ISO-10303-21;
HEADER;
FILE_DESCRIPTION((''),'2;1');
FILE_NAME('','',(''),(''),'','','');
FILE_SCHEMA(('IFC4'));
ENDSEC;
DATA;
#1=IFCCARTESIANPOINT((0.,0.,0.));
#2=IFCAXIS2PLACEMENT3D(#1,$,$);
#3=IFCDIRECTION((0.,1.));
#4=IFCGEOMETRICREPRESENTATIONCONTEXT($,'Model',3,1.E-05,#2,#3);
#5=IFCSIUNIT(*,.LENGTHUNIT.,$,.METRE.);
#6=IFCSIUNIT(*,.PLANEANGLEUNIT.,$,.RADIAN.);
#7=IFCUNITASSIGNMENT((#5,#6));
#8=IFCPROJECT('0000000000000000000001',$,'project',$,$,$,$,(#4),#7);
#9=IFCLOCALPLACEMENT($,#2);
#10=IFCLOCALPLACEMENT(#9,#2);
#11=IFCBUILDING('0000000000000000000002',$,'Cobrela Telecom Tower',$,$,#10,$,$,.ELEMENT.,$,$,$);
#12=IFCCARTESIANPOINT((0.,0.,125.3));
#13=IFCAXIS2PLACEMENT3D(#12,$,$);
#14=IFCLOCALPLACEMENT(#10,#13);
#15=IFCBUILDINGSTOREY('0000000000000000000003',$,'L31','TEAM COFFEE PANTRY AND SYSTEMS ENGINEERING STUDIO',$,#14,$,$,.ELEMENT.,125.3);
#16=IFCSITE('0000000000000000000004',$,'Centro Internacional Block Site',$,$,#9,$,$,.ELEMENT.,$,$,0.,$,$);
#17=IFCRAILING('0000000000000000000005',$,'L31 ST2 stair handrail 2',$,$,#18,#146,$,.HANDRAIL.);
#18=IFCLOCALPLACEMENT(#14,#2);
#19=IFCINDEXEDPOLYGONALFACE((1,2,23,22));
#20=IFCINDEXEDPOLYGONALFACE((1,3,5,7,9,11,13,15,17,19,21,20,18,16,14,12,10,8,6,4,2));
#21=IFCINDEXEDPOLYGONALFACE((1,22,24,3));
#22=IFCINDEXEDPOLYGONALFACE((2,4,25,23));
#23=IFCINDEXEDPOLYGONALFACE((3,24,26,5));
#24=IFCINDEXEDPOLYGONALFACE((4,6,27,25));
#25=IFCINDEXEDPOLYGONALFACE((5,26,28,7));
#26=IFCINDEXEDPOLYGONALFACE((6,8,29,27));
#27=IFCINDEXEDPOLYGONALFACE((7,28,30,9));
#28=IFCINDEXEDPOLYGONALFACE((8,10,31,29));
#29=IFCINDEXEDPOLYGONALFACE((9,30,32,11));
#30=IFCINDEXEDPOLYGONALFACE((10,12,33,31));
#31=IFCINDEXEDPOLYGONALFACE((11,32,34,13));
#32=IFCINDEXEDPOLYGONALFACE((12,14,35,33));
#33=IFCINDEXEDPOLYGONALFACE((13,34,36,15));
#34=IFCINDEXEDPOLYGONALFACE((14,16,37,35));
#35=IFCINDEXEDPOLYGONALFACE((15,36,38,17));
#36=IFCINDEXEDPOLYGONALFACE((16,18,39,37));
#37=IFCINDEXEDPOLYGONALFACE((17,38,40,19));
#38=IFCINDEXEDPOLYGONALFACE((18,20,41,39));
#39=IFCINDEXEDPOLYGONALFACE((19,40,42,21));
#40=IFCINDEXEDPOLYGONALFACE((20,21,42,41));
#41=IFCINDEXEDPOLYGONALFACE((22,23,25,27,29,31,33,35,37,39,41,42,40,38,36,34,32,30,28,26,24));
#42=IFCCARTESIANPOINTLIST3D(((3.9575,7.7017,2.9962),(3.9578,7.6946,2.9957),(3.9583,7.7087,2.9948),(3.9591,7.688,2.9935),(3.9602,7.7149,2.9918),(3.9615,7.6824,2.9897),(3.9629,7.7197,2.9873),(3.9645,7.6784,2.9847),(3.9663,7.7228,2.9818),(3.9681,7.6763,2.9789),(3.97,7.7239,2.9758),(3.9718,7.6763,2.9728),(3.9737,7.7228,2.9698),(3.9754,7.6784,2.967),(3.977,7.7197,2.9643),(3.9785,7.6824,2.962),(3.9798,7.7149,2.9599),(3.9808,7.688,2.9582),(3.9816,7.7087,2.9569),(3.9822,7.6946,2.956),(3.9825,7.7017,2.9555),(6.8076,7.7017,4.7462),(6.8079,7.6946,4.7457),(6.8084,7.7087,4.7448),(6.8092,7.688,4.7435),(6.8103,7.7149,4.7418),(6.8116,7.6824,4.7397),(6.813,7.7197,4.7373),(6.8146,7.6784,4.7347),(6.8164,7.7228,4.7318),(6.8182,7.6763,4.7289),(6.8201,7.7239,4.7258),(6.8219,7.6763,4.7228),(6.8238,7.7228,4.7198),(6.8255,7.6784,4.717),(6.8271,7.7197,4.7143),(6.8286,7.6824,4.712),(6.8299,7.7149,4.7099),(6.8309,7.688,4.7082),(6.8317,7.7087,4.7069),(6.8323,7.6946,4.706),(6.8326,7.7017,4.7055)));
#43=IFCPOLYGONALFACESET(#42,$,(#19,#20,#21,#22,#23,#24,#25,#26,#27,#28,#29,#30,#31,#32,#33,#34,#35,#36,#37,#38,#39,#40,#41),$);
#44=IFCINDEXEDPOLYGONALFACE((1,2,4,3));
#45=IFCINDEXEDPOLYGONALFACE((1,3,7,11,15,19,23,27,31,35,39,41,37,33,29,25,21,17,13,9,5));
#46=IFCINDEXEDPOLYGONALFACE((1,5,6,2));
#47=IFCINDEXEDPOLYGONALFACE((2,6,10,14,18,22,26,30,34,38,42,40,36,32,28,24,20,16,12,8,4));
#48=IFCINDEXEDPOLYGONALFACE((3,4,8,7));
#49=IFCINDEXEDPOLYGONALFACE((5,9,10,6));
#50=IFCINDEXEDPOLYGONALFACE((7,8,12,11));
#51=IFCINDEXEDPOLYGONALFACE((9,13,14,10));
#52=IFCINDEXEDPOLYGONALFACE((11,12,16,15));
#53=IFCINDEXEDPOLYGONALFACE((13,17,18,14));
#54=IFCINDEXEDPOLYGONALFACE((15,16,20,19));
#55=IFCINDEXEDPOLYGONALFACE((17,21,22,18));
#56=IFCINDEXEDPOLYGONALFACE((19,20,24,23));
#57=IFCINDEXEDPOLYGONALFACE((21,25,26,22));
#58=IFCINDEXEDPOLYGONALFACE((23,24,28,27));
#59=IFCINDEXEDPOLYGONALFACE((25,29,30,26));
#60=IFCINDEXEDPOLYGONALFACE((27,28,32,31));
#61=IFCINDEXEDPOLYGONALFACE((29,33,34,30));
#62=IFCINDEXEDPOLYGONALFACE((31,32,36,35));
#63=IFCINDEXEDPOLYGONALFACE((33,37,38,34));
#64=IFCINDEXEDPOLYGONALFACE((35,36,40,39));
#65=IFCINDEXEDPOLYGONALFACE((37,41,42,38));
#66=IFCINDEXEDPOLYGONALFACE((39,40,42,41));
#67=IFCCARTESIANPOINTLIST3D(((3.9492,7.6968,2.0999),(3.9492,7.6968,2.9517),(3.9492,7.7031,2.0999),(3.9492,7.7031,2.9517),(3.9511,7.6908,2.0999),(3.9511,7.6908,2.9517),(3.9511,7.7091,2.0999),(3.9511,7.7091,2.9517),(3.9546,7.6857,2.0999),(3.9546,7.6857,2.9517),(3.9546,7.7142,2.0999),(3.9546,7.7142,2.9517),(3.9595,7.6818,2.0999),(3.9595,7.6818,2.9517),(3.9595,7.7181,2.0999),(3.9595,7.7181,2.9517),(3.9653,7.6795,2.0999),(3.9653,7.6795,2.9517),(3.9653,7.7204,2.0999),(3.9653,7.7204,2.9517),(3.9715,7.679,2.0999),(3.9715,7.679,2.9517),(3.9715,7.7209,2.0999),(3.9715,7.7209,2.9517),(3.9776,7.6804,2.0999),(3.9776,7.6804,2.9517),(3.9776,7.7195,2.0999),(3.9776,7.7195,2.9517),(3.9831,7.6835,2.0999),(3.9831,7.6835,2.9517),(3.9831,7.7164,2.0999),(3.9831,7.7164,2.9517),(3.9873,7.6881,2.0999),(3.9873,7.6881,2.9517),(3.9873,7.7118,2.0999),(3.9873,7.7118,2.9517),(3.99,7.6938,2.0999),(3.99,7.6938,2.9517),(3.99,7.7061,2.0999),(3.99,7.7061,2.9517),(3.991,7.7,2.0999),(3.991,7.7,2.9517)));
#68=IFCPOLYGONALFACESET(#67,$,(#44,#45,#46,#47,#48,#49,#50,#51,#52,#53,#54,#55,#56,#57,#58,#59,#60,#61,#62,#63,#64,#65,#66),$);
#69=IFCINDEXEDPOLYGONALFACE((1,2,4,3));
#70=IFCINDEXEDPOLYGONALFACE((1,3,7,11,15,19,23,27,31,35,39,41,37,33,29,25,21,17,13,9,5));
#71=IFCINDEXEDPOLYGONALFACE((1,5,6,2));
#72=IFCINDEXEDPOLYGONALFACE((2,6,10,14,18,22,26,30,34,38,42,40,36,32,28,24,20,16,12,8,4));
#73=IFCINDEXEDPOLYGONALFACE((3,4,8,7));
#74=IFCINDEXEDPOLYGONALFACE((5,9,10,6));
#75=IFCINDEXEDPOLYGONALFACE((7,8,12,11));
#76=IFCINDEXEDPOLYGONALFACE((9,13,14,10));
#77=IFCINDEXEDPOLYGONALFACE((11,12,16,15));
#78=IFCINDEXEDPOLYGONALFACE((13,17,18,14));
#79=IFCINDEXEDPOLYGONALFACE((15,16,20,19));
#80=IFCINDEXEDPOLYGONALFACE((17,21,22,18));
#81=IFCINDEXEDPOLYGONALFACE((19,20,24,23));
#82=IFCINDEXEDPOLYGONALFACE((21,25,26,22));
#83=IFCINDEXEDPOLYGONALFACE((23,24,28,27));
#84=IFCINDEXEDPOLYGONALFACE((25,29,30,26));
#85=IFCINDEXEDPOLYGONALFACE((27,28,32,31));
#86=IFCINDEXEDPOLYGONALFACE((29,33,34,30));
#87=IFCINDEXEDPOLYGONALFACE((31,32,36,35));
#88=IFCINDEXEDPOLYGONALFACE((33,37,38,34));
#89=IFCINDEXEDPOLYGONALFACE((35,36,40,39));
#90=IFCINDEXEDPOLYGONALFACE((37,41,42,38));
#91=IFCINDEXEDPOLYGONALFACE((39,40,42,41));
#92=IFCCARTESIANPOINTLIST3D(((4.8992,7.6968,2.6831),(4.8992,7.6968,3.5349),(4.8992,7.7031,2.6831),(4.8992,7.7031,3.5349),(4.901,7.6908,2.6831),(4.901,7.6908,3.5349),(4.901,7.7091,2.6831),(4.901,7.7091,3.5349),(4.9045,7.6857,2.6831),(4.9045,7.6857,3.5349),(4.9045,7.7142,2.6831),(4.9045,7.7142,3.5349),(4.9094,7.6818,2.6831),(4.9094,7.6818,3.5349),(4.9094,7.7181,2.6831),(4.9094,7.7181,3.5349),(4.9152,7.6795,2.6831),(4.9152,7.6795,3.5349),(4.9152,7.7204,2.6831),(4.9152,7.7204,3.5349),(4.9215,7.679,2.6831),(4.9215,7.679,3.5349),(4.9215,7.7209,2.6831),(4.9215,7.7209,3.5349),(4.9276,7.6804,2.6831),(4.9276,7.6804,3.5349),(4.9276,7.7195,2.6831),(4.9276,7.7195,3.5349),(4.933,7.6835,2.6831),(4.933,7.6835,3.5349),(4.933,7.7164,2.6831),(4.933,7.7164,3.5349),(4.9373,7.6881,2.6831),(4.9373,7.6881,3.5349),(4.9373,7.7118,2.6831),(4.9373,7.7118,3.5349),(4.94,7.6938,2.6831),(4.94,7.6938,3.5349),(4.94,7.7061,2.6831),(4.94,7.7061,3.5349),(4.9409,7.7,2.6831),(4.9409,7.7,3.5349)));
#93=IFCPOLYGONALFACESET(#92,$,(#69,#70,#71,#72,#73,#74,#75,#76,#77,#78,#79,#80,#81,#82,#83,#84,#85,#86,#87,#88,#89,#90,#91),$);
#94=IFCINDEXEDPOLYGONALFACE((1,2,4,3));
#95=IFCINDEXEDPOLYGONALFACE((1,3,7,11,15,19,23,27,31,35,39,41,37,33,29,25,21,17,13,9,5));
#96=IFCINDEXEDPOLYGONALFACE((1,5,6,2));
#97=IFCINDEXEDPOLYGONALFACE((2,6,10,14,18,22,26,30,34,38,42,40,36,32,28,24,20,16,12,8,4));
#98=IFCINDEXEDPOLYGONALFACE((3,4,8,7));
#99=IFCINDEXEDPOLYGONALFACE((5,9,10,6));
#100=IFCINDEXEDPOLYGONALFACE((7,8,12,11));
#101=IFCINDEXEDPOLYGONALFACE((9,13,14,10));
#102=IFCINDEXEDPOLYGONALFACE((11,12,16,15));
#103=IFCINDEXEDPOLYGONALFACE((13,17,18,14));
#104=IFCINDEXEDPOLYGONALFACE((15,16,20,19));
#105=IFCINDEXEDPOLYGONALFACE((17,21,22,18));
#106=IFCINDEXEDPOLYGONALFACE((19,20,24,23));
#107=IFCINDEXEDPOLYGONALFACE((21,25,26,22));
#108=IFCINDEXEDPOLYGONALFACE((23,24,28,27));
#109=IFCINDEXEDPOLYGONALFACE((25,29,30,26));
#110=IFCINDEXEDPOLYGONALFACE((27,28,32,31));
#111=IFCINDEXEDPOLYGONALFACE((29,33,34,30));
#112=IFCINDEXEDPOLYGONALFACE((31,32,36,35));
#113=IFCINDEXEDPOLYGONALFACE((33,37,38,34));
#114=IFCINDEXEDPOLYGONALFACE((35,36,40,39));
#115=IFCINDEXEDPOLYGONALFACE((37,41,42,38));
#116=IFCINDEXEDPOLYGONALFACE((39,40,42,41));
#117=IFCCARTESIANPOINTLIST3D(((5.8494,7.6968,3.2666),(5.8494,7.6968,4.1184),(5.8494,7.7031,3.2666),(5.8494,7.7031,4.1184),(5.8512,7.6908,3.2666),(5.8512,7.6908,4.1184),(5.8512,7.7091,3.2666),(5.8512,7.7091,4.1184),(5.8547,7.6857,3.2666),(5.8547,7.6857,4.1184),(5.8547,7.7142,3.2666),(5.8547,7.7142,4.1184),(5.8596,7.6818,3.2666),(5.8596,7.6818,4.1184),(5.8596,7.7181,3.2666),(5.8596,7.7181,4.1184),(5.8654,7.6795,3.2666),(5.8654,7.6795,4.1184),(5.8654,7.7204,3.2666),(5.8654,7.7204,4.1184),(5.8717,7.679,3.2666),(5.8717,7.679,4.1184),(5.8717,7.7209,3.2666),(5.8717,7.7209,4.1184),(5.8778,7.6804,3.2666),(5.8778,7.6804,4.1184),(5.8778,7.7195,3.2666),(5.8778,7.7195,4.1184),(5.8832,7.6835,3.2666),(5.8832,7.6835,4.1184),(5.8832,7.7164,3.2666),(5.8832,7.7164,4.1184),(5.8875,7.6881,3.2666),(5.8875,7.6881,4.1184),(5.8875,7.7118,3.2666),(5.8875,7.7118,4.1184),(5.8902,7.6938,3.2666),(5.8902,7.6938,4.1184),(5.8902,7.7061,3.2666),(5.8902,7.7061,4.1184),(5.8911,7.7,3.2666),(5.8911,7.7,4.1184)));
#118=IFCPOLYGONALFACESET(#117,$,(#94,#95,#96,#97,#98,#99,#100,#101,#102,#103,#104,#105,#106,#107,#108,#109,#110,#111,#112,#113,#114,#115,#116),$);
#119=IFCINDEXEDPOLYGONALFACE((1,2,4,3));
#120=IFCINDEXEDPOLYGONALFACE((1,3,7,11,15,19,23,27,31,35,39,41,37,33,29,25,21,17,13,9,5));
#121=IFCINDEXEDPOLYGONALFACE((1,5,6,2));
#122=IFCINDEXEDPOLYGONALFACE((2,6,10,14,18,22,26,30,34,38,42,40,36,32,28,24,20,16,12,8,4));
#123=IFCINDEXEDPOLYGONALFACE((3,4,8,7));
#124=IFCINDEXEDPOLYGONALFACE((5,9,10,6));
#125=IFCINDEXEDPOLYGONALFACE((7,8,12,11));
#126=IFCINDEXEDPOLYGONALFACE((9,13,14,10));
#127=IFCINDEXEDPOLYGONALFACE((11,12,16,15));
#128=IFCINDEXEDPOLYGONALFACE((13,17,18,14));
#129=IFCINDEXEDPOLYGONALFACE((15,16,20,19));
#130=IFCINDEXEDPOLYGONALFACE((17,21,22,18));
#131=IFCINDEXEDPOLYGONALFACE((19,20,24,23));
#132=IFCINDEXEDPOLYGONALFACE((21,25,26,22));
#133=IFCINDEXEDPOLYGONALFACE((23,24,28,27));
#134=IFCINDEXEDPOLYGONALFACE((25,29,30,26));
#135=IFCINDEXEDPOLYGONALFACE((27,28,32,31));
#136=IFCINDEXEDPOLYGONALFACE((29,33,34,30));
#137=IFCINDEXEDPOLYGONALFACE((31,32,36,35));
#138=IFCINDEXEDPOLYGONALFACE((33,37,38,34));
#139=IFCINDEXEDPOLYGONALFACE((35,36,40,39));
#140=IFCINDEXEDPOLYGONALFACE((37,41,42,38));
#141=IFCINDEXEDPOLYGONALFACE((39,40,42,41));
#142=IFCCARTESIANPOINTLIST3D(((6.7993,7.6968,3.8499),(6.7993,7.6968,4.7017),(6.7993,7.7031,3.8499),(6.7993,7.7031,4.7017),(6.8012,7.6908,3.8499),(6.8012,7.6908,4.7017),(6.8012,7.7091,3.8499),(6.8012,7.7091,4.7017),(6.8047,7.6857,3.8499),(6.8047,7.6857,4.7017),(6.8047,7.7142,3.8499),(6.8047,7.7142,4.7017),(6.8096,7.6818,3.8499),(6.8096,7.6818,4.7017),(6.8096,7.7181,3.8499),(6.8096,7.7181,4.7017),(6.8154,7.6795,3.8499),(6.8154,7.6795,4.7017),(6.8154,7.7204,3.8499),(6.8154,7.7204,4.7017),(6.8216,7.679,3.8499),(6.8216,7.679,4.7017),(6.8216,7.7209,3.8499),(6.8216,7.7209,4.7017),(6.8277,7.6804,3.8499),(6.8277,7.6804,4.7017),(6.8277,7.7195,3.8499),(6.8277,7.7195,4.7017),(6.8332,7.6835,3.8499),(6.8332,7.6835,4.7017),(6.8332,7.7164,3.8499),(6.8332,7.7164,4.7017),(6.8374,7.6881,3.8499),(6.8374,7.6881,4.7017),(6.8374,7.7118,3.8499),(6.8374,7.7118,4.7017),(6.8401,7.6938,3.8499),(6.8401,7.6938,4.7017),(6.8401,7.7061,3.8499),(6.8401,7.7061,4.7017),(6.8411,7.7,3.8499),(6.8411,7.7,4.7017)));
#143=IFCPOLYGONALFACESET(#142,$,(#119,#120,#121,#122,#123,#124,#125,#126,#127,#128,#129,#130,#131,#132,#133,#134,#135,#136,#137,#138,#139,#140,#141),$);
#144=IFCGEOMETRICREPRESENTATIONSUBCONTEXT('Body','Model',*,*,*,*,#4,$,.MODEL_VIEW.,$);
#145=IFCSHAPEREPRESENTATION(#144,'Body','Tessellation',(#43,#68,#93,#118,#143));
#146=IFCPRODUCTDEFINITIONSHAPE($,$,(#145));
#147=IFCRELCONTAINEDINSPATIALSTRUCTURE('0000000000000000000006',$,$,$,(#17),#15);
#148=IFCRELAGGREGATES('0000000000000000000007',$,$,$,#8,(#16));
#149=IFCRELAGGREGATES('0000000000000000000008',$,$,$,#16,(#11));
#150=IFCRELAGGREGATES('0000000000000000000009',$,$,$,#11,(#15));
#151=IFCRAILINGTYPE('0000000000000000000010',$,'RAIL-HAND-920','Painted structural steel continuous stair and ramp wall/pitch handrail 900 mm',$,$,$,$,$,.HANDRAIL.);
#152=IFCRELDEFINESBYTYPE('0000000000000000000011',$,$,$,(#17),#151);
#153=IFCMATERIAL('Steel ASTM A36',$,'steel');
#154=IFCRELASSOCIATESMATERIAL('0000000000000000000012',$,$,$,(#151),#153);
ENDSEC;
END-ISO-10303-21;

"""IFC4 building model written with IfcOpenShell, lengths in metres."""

from ifc_helpers import new_model, si_unit, direction, frame, origin, origin_2d, place, context, subcontext, project, spatial, circle, extrude, material, type_object, element, save


model = new_model("IFC4")

# Units and contexts
model_context = context("Model", 3, precision=1e-05, world=origin(), true_north=direction((0.0, 1.0)))
body_context = subcontext(model_context, "Body", "Model", "MODEL_VIEW")
ifc_project = project(units=[si_unit("LENGTHUNIT", "METRE"), si_unit("PLANEANGLEUNIT", "RADIAN")], contexts=[model_context])

# Site, building, storey
site_placement = place(None, origin())
site = spatial("IfcSite", under=ifc_project, at=site_placement, Name="Centro Internacional Block Site", CompositionType="ELEMENT", RefElevation=0.0)
building_placement = place(site_placement, origin())
building = spatial("IfcBuilding", under=site, at=building_placement, Name="Cobrela Telecom Tower", CompositionType="ELEMENT")
storey_placement = place(building_placement, frame((0.0, 0.0, 125.3)))
storey = spatial("IfcBuildingStorey", under=building, at=storey_placement, Name="L31", Description="TEAM COFFEE PANTRY AND SYSTEMS ENGINEERING STUDIO", CompositionType="ELEMENT", Elevation=125.3)

# Railing
ifc_material_1 = material(Name="Steel ASTM A36", Category="steel")
railing_type_1 = type_object("IfcRailingType", Name="RAIL-HAND-920", Description="Painted structural steel continuous stair and ramp wall/pitch handrail 900 mm", PredefinedType="HANDRAIL", material=ifc_material_1)
railing_1_placement = place(storey_placement, frame((3.97, 7.7, 2.0999)))
element("IfcRailing", 1, at=railing_1_placement, inside=storey, type_object=railing_type_1, Name="L31 ST2 stair handrail 2", PredefinedType="HANDRAIL", context=body_context, shape_type="SweptSolid", body=[
    extrude(circle(Radius=0.0239, at=origin_2d()), frame((0.0, 0.0, 0.876), z_axis=(0.852179, 0.0, 0.52325), x_axis=(0.0, 1.0, 0.0)), (0.0, 0.0, 1.0), 3.3445),
    extrude(circle(Radius=0.021, at=origin_2d()), origin(), (0.0, 0.0, 1.0), 0.8518),
    extrude(circle(Radius=0.021, at=origin_2d()), frame((0.95, 0.0, 0.5833)), (0.0, 0.0, 1.0), 0.8518),
    extrude(circle(Radius=0.021, at=origin_2d()), frame((1.9001, 0.0, 1.1667)), (0.0, 0.0, 1.0), 0.8518),
    extrude(circle(Radius=0.021, at=origin_2d()), frame((2.8501, 0.0, 1.75)), (0.0, 0.0, 1.0), 0.8518),
])

save(model, "model.ifc")
